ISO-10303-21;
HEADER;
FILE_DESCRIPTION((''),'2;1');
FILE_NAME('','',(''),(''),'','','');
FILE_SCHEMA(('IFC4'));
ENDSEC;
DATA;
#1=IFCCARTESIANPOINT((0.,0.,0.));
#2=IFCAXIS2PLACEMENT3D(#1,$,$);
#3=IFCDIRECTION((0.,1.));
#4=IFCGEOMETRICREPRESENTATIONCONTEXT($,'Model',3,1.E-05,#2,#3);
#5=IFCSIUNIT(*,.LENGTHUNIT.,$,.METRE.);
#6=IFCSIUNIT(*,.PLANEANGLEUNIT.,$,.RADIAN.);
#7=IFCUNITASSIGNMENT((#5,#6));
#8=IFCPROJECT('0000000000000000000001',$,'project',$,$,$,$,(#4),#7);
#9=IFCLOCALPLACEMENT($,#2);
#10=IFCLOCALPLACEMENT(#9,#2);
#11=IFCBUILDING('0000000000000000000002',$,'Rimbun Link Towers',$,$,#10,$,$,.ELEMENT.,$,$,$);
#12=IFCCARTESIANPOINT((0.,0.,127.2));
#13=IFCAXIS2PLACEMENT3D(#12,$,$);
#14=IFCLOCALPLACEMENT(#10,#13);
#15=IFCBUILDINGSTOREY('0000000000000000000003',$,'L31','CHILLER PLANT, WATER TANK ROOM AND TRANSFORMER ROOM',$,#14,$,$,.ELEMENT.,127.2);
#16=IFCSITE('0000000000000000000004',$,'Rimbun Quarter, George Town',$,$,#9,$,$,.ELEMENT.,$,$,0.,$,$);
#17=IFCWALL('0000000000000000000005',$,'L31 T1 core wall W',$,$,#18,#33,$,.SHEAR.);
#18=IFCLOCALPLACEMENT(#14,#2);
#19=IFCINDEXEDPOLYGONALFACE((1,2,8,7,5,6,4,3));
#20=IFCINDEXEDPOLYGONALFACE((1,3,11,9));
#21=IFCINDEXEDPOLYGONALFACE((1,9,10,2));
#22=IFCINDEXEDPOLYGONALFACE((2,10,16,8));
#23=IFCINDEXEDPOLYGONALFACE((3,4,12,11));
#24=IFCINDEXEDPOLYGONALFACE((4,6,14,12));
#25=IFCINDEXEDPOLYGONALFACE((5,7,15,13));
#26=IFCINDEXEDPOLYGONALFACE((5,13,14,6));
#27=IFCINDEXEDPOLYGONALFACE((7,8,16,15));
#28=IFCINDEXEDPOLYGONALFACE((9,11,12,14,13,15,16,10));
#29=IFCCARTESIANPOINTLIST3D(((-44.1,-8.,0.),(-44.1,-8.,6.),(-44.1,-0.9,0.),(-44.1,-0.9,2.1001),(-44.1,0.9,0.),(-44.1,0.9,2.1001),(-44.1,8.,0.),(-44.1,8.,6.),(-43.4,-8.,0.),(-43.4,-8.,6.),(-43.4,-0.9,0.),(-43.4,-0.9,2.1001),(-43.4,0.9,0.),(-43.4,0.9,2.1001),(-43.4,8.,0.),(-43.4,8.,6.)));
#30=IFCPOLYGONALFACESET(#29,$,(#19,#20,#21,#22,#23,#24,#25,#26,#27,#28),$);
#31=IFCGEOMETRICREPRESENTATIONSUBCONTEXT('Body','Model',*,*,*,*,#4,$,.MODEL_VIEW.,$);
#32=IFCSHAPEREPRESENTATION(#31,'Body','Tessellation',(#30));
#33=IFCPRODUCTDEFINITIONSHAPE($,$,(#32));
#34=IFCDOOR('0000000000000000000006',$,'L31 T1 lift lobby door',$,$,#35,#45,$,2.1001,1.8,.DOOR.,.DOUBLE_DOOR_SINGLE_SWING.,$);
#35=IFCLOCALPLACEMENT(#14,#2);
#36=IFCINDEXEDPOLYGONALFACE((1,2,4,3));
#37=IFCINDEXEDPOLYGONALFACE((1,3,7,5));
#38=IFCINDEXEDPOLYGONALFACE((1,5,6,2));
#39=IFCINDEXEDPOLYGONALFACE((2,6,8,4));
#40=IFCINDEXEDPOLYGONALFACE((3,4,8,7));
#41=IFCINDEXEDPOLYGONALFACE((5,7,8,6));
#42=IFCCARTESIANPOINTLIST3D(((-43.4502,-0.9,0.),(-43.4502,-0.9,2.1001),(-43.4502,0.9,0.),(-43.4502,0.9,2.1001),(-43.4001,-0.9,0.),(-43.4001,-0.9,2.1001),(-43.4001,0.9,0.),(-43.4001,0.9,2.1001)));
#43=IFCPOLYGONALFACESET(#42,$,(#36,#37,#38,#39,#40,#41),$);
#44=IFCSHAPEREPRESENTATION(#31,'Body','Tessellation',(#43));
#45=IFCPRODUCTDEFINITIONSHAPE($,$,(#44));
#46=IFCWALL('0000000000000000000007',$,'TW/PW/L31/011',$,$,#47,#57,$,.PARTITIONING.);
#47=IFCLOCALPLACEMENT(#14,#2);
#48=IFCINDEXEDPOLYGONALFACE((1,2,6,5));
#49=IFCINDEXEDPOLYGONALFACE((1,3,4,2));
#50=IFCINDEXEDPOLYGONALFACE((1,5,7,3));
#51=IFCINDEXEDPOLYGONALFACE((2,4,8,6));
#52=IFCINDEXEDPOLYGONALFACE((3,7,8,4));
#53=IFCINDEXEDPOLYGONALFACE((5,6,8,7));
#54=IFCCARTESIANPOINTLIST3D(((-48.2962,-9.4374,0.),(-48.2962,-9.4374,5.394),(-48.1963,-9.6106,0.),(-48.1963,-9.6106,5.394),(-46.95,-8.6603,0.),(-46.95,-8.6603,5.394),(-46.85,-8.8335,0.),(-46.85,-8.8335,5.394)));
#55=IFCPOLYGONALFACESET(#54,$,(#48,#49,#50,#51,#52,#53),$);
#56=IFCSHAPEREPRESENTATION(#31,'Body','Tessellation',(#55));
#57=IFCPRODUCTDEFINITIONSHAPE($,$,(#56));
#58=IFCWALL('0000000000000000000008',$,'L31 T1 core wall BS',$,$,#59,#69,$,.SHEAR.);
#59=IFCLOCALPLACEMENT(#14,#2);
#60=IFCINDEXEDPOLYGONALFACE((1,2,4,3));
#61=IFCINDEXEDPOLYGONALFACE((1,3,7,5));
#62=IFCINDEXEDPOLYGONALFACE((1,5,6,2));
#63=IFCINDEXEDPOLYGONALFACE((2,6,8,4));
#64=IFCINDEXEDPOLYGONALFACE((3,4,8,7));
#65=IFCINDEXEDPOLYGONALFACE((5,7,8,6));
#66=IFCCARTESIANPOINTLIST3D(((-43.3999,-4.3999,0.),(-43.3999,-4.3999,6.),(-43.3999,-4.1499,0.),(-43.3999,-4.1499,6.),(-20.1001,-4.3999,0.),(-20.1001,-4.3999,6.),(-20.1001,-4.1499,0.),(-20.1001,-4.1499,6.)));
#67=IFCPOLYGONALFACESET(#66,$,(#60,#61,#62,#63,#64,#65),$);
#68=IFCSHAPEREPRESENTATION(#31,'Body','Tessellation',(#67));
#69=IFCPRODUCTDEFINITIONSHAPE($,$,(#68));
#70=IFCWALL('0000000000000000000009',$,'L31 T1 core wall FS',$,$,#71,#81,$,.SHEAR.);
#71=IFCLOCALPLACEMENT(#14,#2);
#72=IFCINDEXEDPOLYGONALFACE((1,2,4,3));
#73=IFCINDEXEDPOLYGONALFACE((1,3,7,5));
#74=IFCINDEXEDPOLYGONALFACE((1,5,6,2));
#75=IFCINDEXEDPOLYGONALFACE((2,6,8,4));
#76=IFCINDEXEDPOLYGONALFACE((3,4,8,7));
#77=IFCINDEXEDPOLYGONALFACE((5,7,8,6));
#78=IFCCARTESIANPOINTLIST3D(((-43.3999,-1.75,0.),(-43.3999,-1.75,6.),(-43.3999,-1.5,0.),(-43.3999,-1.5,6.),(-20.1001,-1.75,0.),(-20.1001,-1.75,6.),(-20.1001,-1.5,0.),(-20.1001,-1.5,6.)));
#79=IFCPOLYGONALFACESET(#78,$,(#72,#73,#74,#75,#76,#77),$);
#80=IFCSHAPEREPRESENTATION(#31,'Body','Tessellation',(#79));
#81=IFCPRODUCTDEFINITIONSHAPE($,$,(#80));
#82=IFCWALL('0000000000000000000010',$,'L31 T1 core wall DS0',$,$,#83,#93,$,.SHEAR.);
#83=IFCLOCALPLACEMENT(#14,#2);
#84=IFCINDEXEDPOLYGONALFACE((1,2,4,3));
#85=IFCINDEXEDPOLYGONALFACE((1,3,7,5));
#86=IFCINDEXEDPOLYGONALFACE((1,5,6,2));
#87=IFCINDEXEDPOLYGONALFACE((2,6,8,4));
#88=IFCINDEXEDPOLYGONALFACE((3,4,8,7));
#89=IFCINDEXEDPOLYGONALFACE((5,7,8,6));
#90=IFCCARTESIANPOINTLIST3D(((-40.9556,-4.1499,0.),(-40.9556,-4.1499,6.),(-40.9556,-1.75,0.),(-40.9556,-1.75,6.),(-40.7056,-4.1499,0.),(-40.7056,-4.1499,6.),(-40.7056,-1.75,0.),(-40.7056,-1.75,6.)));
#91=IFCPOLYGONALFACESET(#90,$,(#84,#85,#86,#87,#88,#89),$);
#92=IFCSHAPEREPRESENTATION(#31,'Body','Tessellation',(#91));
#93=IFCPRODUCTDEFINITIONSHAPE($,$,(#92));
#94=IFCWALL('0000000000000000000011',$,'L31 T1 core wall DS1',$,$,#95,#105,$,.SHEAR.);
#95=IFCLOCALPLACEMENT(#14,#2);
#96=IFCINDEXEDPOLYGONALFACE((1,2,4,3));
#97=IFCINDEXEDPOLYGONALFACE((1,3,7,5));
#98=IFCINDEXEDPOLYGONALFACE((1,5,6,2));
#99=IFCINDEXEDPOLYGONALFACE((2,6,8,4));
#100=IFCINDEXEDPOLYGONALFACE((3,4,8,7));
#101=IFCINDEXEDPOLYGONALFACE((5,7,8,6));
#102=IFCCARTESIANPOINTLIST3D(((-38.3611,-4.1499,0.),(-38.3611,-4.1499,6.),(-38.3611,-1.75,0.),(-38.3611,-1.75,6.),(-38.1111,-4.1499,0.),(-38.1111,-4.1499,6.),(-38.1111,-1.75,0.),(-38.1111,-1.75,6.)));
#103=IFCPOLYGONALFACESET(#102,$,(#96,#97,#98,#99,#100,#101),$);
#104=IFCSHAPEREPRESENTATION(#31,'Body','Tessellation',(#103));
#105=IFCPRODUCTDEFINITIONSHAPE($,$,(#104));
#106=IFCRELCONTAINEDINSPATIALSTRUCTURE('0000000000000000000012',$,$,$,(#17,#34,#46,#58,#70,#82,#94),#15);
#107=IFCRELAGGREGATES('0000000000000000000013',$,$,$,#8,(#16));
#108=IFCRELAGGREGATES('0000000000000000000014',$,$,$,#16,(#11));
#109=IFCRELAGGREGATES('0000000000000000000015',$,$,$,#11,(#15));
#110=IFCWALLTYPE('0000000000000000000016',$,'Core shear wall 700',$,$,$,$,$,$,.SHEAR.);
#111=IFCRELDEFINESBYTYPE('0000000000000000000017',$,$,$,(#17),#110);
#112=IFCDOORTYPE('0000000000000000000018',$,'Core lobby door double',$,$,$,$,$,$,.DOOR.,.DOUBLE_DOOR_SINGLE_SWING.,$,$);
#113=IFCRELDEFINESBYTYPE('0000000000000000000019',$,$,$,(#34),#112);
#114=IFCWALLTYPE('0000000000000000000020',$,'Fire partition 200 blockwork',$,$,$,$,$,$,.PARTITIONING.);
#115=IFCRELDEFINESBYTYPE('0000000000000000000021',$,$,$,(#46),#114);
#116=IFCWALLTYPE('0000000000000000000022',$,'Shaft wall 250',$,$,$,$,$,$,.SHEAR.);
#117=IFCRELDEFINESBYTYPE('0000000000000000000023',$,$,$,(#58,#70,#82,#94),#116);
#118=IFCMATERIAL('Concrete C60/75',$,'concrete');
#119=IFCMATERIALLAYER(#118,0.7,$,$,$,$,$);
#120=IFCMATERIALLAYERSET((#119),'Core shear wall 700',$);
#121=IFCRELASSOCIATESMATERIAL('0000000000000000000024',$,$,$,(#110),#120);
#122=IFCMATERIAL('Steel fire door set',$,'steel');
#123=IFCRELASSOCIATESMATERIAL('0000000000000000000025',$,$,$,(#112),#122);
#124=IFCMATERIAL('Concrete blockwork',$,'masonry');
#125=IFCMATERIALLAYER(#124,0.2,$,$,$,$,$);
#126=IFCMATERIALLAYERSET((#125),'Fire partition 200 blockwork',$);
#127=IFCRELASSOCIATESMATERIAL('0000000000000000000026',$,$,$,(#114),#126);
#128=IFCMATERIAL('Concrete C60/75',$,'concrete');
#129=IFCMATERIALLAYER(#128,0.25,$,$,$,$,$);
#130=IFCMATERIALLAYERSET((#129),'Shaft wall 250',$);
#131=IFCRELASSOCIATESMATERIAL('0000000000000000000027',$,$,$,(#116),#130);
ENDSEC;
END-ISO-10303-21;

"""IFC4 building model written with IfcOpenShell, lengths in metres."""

from ifc_helpers import new_model, si_unit, direction, frame, frame_2d, origin, place, context, subcontext, project, spatial, rectangle, extrude, material, layer, layer_set, type_object, element, fill, save


model = new_model("IFC4")

# Units and contexts
model_context = context("Model", 3, precision=1e-05, world=origin(), true_north=direction((0.0, 1.0)))
body_context = subcontext(model_context, "Body", "Model", "MODEL_VIEW")
ifc_project = project(units=[si_unit("LENGTHUNIT", "METRE"), si_unit("PLANEANGLEUNIT", "RADIAN")], contexts=[model_context])

# Site, building, storey
site_placement = place(None, origin())
site = spatial("IfcSite", under=ifc_project, at=site_placement, Name="Rimbun Quarter, George Town", CompositionType="ELEMENT", RefElevation=0.0)
building_placement = place(site_placement, origin())
building = spatial("IfcBuilding", under=site, at=building_placement, Name="Rimbun Link Towers", CompositionType="ELEMENT")
storey_placement = place(building_placement, frame((0.0, 0.0, 127.2)))
storey = spatial("IfcBuildingStorey", under=building, at=storey_placement, Name="L31", Description="CHILLER PLANT, WATER TANK ROOM AND TRANSFORMER ROOM", CompositionType="ELEMENT", Elevation=127.2)

# Shared definitions
ifc_material_1 = material(Name="Concrete C60/75", Category="concrete")
ifc_layer_1 = layer(ifc_material_1, 0.7)
ifc_layer_set_1 = layer_set([ifc_layer_1], Name="Core shear wall 700")
wall_type_1 = type_object("IfcWallType", Name="Core shear wall 700", PredefinedType="SHEAR", material=ifc_layer_set_1)

# Wall, opening, door
wall_1_placement = place(storey_placement, frame((-43.75, -8.0, 0.0), z_axis=(0.0, 0.0, 1.0), x_axis=(0.0, 1.0, 0.0)))
wall_1 = element("IfcWall", 1, at=wall_1_placement, inside=storey, type_object=wall_type_1, Name="L31 T1 core wall W", PredefinedType="SHEAR", context=body_context, shape_type="SweptSolid", body=[
    extrude(rectangle(XDim=16.0, YDim=0.7, at=frame_2d((8.0, 0.0))), origin(), (0.0, 0.0, 1.0), 6.0),
])
opening_1_placement = place(wall_1_placement, frame((7.1001, 0.0, 0.0)))
opening_1 = element("IfcOpeningElement", 2, at=opening_1_placement, cuts=wall_1, PredefinedType="OPENING", context=body_context, shape_type="SweptSolid", body=[
    extrude(rectangle(XDim=1.8, YDim=2.1001, at=frame_2d((0.8999, 1.05))), frame((0.0, 0.3599, 0.0), z_axis=(0.0, -1.0, 0.0), x_axis=(1.0, 0.0, 0.0)), (0.0, 0.0, 1.0), 0.72),
])
ifc_material_2 = material(Name="Steel fire door set", Category="steel")
door_type_1 = type_object("IfcDoorType", Name="Core lobby door double", OperationType="DOUBLE_DOOR_SINGLE_SWING", PredefinedType="DOOR", material=ifc_material_2)
door_1_placement = place(opening_1_placement, origin())
door_1 = element("IfcDoor", 3, at=door_1_placement, inside=storey, type_object=door_type_1, Name="L31 T1 lift lobby door", OperationType="DOUBLE_DOOR_SINGLE_SWING", OverallHeight=2.1001, OverallWidth=1.8, PredefinedType="DOOR", context=body_context, shape_type="SweptSolid", body=[
    extrude(rectangle(XDim=1.8, YDim=2.1001, at=frame_2d((0.8999, 1.05))), frame((0.0, -0.2998, 0.0), z_axis=(0.0, -1.0, 0.0), x_axis=(1.0, 0.0, 0.0)), (0.0, 0.0, 1.0), 0.05),
])
fill(opening_1, door_1)

# Walls
ifc_material_3 = material(Name="Concrete blockwork", Category="masonry")
ifc_layer_2 = layer(ifc_material_3, 0.2)
ifc_layer_set_2 = layer_set([ifc_layer_2], Name="Fire partition 200 blockwork")
wall_type_2 = type_object("IfcWallType", Name="Fire partition 200 blockwork", PredefinedType="PARTITIONING", material=ifc_layer_set_2)
wall_2_placement = place(storey_placement, frame((-46.8999, -8.7468, 0.0), z_axis=(0.0, 0.0, 1.0), x_axis=(-0.86606, -0.49994, 0.0)))
element("IfcWall", 4, at=wall_2_placement, inside=storey, type_object=wall_type_2, Name="TW/PW/L31/011", PredefinedType="PARTITIONING", context=body_context, shape_type="SweptSolid", body=[
    extrude(rectangle(XDim=1.5544, YDim=0.2, at=frame_2d((0.7773, 0.0))), origin(), (0.0, 0.0, 1.0), 5.394),
])
ifc_material_4 = material(Name="Concrete C60/75", Category="concrete")
ifc_layer_3 = layer(ifc_material_4, 0.25)
ifc_layer_set_3 = layer_set([ifc_layer_3], Name="Shaft wall 250")
wall_type_3 = type_object("IfcWallType", Name="Shaft wall 250", PredefinedType="SHEAR", material=ifc_layer_set_3)
for number, where, z_axis, x_axis, name in (
    (5, (-43.3999, -4.2749, 0.0), (0.0, 0.0, 1.0), (1.0, 0.0, 0.0), "L31 T1 core wall BS"),
    (6, (-43.3999, -1.625, 0.0), (0.0, 0.0, 1.0), (1.0, 0.0, 0.0), "L31 T1 core wall FS"),
):
    element("IfcWall", number, at=place(storey_placement, frame(where, z_axis=z_axis, x_axis=x_axis)), inside=storey, type_object=wall_type_3, Name=name, PredefinedType="SHEAR", context=body_context, shape_type="SweptSolid", body=[
        extrude(rectangle(XDim=23.2998, YDim=0.25, at=frame_2d((11.6499, 0.0))), origin(), (0.0, 0.0, 1.0), 6.0),
    ])
for number, where, z_axis, x_axis, name in (
    (7, (-40.8306, -4.1499, 0.0), (0.0, 0.0, 1.0), (0.0, 1.0, 0.0), "L31 T1 core wall DS0"),
    (8, (-38.2361, -4.1499, 0.0), (0.0, 0.0, 1.0), (0.0, 1.0, 0.0), "L31 T1 core wall DS1"),
):
    element("IfcWall", number, at=place(storey_placement, frame(where, z_axis=z_axis, x_axis=x_axis)), inside=storey, type_object=wall_type_3, Name=name, PredefinedType="SHEAR", context=body_context, shape_type="SweptSolid", body=[
        extrude(rectangle(XDim=2.3999, YDim=0.25, at=frame_2d((1.2, 0.0))), origin(), (0.0, 0.0, 1.0), 6.0),
    ])

save(model, "model.ifc")
